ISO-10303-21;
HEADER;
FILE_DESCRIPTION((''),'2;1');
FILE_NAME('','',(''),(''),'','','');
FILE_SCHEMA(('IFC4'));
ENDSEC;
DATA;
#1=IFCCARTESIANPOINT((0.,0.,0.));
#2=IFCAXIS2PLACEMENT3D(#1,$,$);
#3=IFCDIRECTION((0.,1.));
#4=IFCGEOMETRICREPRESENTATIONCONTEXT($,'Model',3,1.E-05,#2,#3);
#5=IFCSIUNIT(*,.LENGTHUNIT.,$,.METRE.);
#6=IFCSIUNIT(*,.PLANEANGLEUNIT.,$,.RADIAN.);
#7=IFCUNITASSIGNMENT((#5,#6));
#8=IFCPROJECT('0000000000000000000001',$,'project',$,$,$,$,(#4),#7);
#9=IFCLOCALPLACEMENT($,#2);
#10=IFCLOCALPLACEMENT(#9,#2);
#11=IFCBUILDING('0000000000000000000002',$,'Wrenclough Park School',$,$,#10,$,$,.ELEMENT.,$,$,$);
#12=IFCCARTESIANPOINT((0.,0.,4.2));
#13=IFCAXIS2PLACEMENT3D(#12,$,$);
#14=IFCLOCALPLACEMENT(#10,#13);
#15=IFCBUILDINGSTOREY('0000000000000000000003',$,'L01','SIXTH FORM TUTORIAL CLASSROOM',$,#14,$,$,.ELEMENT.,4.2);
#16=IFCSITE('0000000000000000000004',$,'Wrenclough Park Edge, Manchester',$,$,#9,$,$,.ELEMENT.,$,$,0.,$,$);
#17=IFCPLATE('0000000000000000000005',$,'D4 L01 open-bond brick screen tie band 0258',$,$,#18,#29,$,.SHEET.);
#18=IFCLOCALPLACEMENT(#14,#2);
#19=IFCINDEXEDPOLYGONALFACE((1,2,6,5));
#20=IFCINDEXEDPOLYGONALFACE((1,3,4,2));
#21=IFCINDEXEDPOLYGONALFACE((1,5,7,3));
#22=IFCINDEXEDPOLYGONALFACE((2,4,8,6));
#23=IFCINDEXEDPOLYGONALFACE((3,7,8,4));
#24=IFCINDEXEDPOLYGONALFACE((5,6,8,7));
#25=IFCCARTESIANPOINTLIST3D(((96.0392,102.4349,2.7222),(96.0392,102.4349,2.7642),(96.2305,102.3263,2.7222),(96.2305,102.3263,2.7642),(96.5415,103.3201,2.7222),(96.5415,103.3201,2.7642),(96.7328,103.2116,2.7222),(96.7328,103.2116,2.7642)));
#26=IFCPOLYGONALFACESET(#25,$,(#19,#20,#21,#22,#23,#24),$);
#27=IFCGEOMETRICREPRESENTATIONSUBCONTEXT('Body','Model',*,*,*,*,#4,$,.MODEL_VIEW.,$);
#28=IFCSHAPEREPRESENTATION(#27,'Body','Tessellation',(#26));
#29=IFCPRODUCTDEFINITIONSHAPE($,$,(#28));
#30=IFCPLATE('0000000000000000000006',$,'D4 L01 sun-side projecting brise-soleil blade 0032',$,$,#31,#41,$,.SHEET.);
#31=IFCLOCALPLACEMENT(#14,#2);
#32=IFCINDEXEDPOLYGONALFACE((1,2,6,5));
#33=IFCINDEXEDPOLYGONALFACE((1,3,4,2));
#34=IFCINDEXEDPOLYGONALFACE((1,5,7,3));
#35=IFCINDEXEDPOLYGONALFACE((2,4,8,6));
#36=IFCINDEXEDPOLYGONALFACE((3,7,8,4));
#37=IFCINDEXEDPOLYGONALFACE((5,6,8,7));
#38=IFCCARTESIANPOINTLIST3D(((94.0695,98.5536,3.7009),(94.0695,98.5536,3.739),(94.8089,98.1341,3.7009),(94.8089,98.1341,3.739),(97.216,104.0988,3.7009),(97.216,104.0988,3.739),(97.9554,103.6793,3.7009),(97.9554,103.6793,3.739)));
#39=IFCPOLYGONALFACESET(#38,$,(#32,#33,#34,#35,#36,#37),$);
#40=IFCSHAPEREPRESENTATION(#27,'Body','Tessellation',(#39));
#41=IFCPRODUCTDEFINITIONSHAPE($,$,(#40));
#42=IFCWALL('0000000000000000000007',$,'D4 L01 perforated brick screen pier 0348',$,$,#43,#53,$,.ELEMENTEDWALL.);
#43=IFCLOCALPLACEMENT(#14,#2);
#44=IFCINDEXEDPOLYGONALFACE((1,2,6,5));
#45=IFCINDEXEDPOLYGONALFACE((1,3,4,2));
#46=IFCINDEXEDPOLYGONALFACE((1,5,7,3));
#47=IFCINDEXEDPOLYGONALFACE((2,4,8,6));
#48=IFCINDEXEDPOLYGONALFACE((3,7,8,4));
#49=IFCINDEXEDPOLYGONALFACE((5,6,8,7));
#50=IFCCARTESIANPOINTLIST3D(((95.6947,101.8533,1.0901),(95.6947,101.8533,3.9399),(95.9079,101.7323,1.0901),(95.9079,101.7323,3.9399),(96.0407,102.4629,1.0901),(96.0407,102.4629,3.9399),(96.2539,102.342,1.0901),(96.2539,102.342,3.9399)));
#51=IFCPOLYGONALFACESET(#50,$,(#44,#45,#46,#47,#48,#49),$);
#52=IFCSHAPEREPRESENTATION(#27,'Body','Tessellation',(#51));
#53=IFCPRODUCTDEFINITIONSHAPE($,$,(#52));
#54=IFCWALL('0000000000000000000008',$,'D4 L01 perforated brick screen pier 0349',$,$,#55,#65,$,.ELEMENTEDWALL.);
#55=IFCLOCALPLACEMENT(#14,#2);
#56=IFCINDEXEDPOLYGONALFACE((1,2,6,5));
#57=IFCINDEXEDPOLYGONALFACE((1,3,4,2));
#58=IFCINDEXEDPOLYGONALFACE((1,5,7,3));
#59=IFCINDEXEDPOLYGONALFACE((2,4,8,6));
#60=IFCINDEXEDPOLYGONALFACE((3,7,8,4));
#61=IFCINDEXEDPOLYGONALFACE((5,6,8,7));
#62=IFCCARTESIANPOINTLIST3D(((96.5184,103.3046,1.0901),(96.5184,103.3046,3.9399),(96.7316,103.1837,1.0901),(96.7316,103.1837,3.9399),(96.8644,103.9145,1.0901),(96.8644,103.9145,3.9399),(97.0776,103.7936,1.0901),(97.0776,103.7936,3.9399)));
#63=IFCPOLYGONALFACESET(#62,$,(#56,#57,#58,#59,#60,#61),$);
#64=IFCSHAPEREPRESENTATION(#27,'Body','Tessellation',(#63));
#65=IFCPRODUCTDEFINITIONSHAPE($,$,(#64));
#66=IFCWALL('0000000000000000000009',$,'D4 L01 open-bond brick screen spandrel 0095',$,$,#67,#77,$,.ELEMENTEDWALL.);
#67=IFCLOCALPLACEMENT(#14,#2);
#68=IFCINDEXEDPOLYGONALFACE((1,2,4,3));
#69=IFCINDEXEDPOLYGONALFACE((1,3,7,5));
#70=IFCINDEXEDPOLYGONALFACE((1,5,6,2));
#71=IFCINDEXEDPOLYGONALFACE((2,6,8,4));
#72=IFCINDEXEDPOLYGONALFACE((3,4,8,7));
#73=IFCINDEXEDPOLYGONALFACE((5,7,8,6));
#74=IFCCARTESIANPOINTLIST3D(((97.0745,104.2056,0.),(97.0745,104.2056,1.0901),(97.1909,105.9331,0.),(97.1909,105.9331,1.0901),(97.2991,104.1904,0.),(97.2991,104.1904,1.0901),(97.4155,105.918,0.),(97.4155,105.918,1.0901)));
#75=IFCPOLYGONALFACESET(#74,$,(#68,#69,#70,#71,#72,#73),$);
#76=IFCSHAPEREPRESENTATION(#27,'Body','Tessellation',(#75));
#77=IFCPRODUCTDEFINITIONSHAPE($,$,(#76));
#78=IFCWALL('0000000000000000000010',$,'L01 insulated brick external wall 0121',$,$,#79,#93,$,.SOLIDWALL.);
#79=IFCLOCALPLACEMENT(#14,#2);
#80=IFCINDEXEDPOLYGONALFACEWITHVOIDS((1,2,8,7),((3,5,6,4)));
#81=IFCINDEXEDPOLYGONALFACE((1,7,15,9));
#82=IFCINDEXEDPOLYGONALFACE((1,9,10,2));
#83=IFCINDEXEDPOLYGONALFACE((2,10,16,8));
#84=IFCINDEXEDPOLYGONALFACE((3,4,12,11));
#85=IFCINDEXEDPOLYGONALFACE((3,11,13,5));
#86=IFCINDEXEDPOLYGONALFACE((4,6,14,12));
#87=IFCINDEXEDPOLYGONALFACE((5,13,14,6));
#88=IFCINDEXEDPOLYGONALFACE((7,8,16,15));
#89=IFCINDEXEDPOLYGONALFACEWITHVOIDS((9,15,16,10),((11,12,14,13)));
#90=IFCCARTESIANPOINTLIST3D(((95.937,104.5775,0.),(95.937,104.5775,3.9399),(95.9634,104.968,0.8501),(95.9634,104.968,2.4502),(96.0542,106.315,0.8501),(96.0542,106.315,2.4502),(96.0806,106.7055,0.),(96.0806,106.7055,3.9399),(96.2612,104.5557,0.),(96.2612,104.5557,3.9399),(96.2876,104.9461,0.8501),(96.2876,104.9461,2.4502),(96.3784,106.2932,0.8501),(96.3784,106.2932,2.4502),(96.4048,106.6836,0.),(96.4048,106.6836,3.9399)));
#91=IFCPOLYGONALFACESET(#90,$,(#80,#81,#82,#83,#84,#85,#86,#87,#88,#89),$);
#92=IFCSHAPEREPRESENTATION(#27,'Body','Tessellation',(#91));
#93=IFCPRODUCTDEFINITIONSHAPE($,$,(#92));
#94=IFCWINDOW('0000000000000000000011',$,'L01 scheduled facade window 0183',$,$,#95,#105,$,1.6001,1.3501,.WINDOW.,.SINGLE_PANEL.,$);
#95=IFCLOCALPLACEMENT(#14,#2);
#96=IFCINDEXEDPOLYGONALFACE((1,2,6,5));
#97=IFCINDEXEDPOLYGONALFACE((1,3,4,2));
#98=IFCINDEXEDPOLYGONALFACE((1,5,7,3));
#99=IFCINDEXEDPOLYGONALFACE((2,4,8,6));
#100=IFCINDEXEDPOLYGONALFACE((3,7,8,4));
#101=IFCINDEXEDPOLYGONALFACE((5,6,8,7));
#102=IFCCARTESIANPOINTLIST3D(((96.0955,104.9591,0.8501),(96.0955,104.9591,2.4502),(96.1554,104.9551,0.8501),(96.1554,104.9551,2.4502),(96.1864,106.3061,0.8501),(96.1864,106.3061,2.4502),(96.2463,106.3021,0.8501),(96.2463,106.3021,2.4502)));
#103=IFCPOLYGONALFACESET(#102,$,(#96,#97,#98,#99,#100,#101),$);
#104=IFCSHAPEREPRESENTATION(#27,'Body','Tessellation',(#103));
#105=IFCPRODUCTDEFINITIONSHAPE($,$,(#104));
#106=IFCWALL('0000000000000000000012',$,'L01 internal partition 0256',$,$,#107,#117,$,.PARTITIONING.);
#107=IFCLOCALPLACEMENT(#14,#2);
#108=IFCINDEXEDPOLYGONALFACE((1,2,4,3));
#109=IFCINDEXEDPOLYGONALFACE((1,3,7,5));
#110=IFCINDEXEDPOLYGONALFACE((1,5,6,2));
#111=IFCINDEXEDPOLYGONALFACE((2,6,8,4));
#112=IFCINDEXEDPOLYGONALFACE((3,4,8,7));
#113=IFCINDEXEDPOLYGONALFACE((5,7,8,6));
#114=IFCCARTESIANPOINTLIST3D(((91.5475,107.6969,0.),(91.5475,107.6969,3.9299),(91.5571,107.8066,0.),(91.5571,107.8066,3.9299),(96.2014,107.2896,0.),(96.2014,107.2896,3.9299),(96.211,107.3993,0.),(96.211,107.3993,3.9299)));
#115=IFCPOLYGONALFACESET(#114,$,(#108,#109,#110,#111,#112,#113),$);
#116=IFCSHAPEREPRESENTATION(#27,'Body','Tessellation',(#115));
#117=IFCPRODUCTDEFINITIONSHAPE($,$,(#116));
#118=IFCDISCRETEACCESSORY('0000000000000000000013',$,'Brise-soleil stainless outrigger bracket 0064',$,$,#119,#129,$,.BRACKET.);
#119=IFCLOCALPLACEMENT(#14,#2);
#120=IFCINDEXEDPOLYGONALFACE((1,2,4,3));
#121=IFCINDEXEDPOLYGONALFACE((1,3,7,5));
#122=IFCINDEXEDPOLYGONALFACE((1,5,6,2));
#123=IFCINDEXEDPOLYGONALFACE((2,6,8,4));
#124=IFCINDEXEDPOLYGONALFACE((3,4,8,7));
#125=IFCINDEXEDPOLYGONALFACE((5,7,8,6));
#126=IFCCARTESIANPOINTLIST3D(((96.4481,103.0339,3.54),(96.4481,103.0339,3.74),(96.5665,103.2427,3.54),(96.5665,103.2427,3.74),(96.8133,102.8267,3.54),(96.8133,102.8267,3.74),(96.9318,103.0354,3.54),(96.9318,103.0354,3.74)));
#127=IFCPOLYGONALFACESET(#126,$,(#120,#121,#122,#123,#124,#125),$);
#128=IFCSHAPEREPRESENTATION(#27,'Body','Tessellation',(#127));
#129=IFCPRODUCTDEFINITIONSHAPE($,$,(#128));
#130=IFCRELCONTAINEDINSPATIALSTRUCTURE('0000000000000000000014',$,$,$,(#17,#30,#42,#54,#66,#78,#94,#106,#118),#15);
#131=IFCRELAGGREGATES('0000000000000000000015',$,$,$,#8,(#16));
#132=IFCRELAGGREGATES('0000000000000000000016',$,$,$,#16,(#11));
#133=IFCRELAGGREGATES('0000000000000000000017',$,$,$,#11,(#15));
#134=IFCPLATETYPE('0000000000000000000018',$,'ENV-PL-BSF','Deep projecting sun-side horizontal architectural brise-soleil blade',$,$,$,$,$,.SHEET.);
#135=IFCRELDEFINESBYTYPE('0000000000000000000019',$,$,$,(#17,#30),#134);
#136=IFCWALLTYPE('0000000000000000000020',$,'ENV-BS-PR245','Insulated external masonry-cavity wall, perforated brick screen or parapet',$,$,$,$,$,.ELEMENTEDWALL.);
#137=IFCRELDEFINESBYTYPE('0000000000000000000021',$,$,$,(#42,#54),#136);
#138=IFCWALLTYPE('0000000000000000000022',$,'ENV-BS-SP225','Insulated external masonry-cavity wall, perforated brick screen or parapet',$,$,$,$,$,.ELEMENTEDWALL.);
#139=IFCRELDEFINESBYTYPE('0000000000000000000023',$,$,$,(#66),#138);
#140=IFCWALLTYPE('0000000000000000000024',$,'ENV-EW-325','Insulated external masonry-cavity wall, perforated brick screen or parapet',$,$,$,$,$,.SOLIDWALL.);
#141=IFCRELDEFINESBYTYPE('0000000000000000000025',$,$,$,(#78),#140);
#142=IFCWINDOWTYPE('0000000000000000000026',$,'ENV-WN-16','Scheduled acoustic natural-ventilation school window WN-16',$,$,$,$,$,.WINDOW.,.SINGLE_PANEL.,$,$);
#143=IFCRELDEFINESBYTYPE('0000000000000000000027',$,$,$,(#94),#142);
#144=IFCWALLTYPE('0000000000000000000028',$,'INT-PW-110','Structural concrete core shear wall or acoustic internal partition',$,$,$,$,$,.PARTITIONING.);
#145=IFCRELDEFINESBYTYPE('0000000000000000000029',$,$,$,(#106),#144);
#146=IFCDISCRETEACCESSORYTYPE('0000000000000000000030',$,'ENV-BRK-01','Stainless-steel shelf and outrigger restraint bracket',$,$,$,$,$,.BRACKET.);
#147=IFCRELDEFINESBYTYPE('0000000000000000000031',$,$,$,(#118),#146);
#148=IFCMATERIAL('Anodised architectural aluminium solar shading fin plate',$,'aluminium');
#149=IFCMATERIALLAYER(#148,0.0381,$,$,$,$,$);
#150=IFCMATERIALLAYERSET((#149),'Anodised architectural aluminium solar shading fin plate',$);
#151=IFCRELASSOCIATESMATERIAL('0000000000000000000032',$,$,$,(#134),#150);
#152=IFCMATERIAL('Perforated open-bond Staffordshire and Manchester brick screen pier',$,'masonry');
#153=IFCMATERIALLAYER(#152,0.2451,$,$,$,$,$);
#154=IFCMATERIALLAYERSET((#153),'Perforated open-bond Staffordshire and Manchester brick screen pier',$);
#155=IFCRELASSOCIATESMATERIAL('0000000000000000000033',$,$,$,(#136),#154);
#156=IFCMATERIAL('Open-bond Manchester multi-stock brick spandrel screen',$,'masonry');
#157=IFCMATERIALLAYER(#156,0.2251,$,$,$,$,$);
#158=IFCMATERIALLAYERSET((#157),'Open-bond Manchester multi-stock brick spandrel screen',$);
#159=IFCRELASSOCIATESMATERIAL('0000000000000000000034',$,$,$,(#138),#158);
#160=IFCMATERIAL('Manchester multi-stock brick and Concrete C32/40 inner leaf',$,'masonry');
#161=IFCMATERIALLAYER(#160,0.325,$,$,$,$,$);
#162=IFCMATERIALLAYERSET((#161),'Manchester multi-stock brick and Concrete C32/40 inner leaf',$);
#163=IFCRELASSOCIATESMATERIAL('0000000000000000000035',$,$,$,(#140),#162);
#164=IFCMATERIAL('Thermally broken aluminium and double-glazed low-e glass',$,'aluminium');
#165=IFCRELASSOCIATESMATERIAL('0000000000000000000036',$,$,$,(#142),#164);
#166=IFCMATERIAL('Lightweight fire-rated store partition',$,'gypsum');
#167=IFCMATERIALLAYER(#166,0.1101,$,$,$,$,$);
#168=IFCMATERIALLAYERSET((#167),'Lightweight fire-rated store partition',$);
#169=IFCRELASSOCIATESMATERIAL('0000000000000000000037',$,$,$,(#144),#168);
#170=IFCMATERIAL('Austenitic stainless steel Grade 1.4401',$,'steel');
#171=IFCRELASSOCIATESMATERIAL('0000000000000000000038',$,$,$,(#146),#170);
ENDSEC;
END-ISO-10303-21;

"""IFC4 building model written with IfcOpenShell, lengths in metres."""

from ifc_helpers import new_model, si_unit, direction, frame, frame_2d, origin, origin_2d, place, context, subcontext, project, spatial, rectangle, extrude, material, layer, layer_set, type_object, element, fill, save


model = new_model("IFC4")

# Units and contexts
model_context = context("Model", 3, precision=1e-05, world=origin(), true_north=direction((0.0, 1.0)))
body_context = subcontext(model_context, "Body", "Model", "MODEL_VIEW")
ifc_project = project(units=[si_unit("LENGTHUNIT", "METRE"), si_unit("PLANEANGLEUNIT", "RADIAN")], contexts=[model_context])

# Site, building, storey
site_placement = place(None, origin())
site = spatial("IfcSite", under=ifc_project, at=site_placement, Name="Wrenclough Park Edge, Manchester", CompositionType="ELEMENT", RefElevation=0.0)
building_placement = place(site_placement, origin())
building = spatial("IfcBuilding", under=site, at=building_placement, Name="Wrenclough Park School", CompositionType="ELEMENT")
storey_placement = place(building_placement, frame((0.0, 0.0, 4.2)))
storey = spatial("IfcBuildingStorey", under=building, at=storey_placement, Name="L01", Description="SIXTH FORM TUTORIAL CLASSROOM", CompositionType="ELEMENT", Elevation=4.2)

# Plates
ifc_material_1 = material(Name="Anodised architectural aluminium solar shading fin plate", Category="aluminium")
ifc_layer_1 = layer(ifc_material_1, 0.0381)
ifc_layer_set_1 = layer_set([ifc_layer_1], Name="Anodised architectural aluminium solar shading fin plate")
plate_type_1 = type_object("IfcPlateType", Name="ENV-PL-BSF", Description="Deep projecting sun-side horizontal architectural brise-soleil blade", PredefinedType="SHEET", material=ifc_layer_set_1)
plate_1_placement = place(storey_placement, frame((96.386, 102.8232, 2.7222), z_axis=(0.0, 0.0, 1.0), x_axis=(0.493509, 0.869741, 0.0)))
element("IfcPlate", 1, at=plate_1_placement, inside=storey, type_object=plate_type_1, Name="D4 L01 open-bond brick screen tie band 0258", PredefinedType="SHEET", context=body_context, shape_type="SweptSolid", body=[
    extrude(rectangle(XDim=1.0178, YDim=0.22, at=origin_2d()), origin(), (0.0, 0.0, 1.0), 0.042),
])
plate_2_placement = place(storey_placement, frame((96.0125, 101.1165, 3.7009), z_axis=(0.0, 0.0, 1.0), x_axis=(0.493509, 0.869741, 0.0)))
element("IfcPlate", 2, at=plate_2_placement, inside=storey, type_object=plate_type_1, Name="D4 L01 sun-side projecting brise-soleil blade 0032", PredefinedType="SHEET", context=body_context, shape_type="SweptSolid", body=[
    extrude(rectangle(XDim=6.3757, YDim=0.8501, at=origin_2d()), origin(), (0.0, 0.0, 1.0), 0.0381),
])

# Walls
ifc_material_2 = material(Name="Perforated open-bond Staffordshire and Manchester brick screen pier", Category="masonry")
ifc_layer_2 = layer(ifc_material_2, 0.2451)
ifc_layer_set_2 = layer_set([ifc_layer_2], Name="Perforated open-bond Staffordshire and Manchester brick screen pier")
wall_type_1 = type_object("IfcWallType", Name="ENV-BS-PR245", Description="Insulated external masonry-cavity wall, perforated brick screen or parapet", PredefinedType="ELEMENTEDWALL", material=ifc_layer_set_2)
wall_1_placement = place(storey_placement, frame((95.8013, 101.7927, 1.0901), z_axis=(0.0, 0.0, 1.0), x_axis=(0.493549, 0.869718, 0.0)))
element("IfcWall", 3, at=wall_1_placement, inside=storey, type_object=wall_type_1, Name="D4 L01 perforated brick screen pier 0348", PredefinedType="ELEMENTEDWALL", context=body_context, shape_type="SweptSolid", body=[
    extrude(rectangle(XDim=0.7009, YDim=0.2451, at=frame_2d((0.3506, 0.0))), origin(), (0.0, 0.0, 1.0), 2.8499),
])
wall_2_placement = place(storey_placement, frame((96.625, 103.2441, 1.0901), z_axis=(0.0, 0.0, 1.0), x_axis=(0.493399, 0.869803, 0.0)))
element("IfcWall", 4, at=wall_2_placement, inside=storey, type_object=wall_type_1, Name="D4 L01 perforated brick screen pier 0349", PredefinedType="ELEMENTEDWALL", context=body_context, shape_type="SweptSolid", body=[
    extrude(rectangle(XDim=0.7012, YDim=0.2451, at=frame_2d((0.3506, 0.0))), origin(), (0.0, 0.0, 1.0), 2.8499),
])
ifc_material_3 = material(Name="Open-bond Manchester multi-stock brick spandrel screen", Category="masonry")
ifc_layer_3 = layer(ifc_material_3, 0.2251)
ifc_layer_set_3 = layer_set([ifc_layer_3], Name="Open-bond Manchester multi-stock brick spandrel screen")
wall_type_2 = type_object("IfcWallType", Name="ENV-BS-SP225", Description="Insulated external masonry-cavity wall, perforated brick screen or parapet", PredefinedType="ELEMENTEDWALL", material=ifc_layer_set_3)
wall_3_placement = place(storey_placement, frame((97.1868, 104.198, 0.0), z_axis=(0.0, 0.0, 1.0), x_axis=(0.067258, 0.997736, 0.0)))
element("IfcWall", 5, at=wall_3_placement, inside=storey, type_object=wall_type_2, Name="D4 L01 open-bond brick screen spandrel 0095", PredefinedType="ELEMENTEDWALL", context=body_context, shape_type="SweptSolid", body=[
    extrude(rectangle(XDim=1.7314, YDim=0.2251, at=frame_2d((0.8657, 0.0))), origin(), (0.0, 0.0, 1.0), 1.0901),
])

# Wall, opening, window
ifc_material_4 = material(Name="Manchester multi-stock brick and Concrete C32/40 inner leaf", Category="masonry")
ifc_layer_4 = layer(ifc_material_4, 0.325)
ifc_layer_set_4 = layer_set([ifc_layer_4], Name="Manchester multi-stock brick and Concrete C32/40 inner leaf")
wall_type_3 = type_object("IfcWallType", Name="ENV-EW-325", Description="Insulated external masonry-cavity wall, perforated brick screen or parapet", PredefinedType="SOLIDWALL", material=ifc_layer_set_4)
wall_4_placement = place(storey_placement, frame((96.2427, 106.6946, 0.0), z_axis=(0.0, 0.0, 1.0), x_axis=(-0.067309, -0.997732, 0.0)))
wall_4 = element("IfcWall", 6, at=wall_4_placement, inside=storey, type_object=wall_type_3, Name="L01 insulated brick external wall 0121", PredefinedType="SOLIDWALL", context=body_context, shape_type="SweptSolid", body=[
    extrude(rectangle(XDim=2.1328, YDim=0.325, at=frame_2d((1.0664, 0.0))), origin(), (0.0, 0.0, 1.0), 3.9399),
])
opening_placement = place(wall_4_placement, frame((0.3914, 0.0, 0.8501)))
opening = element("IfcOpeningElement", 7, at=opening_placement, cuts=wall_4, PredefinedType="OPENING", context=body_context, shape_type="SweptSolid", body=[
    extrude(rectangle(XDim=1.3501, YDim=1.6001, at=frame_2d((0.675, 0.8))), frame((0.0, 0.1724, 0.0), z_axis=(0.0, -1.0, 0.0), x_axis=(1.0, 0.0, 0.0)), (0.0, 0.0, 1.0), 0.345),
])
ifc_material_5 = material(Name="Thermally broken aluminium and double-glazed low-e glass", Category="aluminium")
window_type = type_object("IfcWindowType", Name="ENV-WN-16", Description="Scheduled acoustic natural-ventilation school window WN-16", PartitioningType="SINGLE_PANEL", PredefinedType="WINDOW", material=ifc_material_5)
window_placement = place(opening_placement, origin())
window = element("IfcWindow", 8, at=window_placement, inside=storey, type_object=window_type, Name="L01 scheduled facade window 0183", OverallHeight=1.6001, OverallWidth=1.3501, PartitioningType="SINGLE_PANEL", PredefinedType="WINDOW", context=body_context, shape_type="SweptSolid", body=[
    extrude(rectangle(XDim=1.3501, YDim=1.6001, at=frame_2d((0.675, 0.8))), frame((0.0, 0.03, 0.0), z_axis=(0.0, -1.0, 0.0), x_axis=(1.0, 0.0, 0.0)), (0.0, 0.0, 1.0), 0.0601),
])
fill(opening, window)

# Wall
ifc_material_6 = material(Name="Lightweight fire-rated store partition", Category="gypsum")
ifc_layer_5 = layer(ifc_material_6, 0.1101)
ifc_layer_set_5 = layer_set([ifc_layer_5], Name="Lightweight fire-rated store partition")
wall_type_4 = type_object("IfcWallType", Name="INT-PW-110", Description="Structural concrete core shear wall or acoustic internal partition", PredefinedType="PARTITIONING", material=ifc_layer_set_5)
wall_5_placement = place(storey_placement, frame((96.2063, 107.3445, 0.0), z_axis=(0.0, 0.0, 1.0), x_axis=(-0.996193, 0.087171, 0.0)))
element("IfcWall", 9, at=wall_5_placement, inside=storey, type_object=wall_type_4, Name="L01 internal partition 0256", PredefinedType="PARTITIONING", context=body_context, shape_type="SweptSolid", body=[
    extrude(rectangle(XDim=4.6716, YDim=0.1101, at=frame_2d((2.3359, 0.0))), origin(), (0.0, 0.0, 1.0), 3.9299),
])

# Discrete accessory
ifc_material_7 = material(Name="Austenitic stainless steel Grade 1.4401", Category="steel")
discrete_accessory_type = type_object("IfcDiscreteAccessoryType", Name="ENV-BRK-01", Description="Stainless-steel shelf and outrigger restraint bracket", PredefinedType="BRACKET", material=ifc_material_7)
discrete_accessory_placement = place(storey_placement, frame((96.6899, 103.0347, 3.54), z_axis=(0.0, 0.0, 1.0), x_axis=(0.493509, 0.869741, 0.0)))
element("IfcDiscreteAccessory", 10, at=discrete_accessory_placement, inside=storey, type_object=discrete_accessory_type, Name="Brise-soleil stainless outrigger bracket 0064", PredefinedType="BRACKET", context=body_context, shape_type="SweptSolid", body=[
    extrude(rectangle(XDim=0.24, YDim=0.4199, at=origin_2d()), origin(), (0.0, 0.0, 1.0), 0.2),
])

save(model, "model.ifc")
